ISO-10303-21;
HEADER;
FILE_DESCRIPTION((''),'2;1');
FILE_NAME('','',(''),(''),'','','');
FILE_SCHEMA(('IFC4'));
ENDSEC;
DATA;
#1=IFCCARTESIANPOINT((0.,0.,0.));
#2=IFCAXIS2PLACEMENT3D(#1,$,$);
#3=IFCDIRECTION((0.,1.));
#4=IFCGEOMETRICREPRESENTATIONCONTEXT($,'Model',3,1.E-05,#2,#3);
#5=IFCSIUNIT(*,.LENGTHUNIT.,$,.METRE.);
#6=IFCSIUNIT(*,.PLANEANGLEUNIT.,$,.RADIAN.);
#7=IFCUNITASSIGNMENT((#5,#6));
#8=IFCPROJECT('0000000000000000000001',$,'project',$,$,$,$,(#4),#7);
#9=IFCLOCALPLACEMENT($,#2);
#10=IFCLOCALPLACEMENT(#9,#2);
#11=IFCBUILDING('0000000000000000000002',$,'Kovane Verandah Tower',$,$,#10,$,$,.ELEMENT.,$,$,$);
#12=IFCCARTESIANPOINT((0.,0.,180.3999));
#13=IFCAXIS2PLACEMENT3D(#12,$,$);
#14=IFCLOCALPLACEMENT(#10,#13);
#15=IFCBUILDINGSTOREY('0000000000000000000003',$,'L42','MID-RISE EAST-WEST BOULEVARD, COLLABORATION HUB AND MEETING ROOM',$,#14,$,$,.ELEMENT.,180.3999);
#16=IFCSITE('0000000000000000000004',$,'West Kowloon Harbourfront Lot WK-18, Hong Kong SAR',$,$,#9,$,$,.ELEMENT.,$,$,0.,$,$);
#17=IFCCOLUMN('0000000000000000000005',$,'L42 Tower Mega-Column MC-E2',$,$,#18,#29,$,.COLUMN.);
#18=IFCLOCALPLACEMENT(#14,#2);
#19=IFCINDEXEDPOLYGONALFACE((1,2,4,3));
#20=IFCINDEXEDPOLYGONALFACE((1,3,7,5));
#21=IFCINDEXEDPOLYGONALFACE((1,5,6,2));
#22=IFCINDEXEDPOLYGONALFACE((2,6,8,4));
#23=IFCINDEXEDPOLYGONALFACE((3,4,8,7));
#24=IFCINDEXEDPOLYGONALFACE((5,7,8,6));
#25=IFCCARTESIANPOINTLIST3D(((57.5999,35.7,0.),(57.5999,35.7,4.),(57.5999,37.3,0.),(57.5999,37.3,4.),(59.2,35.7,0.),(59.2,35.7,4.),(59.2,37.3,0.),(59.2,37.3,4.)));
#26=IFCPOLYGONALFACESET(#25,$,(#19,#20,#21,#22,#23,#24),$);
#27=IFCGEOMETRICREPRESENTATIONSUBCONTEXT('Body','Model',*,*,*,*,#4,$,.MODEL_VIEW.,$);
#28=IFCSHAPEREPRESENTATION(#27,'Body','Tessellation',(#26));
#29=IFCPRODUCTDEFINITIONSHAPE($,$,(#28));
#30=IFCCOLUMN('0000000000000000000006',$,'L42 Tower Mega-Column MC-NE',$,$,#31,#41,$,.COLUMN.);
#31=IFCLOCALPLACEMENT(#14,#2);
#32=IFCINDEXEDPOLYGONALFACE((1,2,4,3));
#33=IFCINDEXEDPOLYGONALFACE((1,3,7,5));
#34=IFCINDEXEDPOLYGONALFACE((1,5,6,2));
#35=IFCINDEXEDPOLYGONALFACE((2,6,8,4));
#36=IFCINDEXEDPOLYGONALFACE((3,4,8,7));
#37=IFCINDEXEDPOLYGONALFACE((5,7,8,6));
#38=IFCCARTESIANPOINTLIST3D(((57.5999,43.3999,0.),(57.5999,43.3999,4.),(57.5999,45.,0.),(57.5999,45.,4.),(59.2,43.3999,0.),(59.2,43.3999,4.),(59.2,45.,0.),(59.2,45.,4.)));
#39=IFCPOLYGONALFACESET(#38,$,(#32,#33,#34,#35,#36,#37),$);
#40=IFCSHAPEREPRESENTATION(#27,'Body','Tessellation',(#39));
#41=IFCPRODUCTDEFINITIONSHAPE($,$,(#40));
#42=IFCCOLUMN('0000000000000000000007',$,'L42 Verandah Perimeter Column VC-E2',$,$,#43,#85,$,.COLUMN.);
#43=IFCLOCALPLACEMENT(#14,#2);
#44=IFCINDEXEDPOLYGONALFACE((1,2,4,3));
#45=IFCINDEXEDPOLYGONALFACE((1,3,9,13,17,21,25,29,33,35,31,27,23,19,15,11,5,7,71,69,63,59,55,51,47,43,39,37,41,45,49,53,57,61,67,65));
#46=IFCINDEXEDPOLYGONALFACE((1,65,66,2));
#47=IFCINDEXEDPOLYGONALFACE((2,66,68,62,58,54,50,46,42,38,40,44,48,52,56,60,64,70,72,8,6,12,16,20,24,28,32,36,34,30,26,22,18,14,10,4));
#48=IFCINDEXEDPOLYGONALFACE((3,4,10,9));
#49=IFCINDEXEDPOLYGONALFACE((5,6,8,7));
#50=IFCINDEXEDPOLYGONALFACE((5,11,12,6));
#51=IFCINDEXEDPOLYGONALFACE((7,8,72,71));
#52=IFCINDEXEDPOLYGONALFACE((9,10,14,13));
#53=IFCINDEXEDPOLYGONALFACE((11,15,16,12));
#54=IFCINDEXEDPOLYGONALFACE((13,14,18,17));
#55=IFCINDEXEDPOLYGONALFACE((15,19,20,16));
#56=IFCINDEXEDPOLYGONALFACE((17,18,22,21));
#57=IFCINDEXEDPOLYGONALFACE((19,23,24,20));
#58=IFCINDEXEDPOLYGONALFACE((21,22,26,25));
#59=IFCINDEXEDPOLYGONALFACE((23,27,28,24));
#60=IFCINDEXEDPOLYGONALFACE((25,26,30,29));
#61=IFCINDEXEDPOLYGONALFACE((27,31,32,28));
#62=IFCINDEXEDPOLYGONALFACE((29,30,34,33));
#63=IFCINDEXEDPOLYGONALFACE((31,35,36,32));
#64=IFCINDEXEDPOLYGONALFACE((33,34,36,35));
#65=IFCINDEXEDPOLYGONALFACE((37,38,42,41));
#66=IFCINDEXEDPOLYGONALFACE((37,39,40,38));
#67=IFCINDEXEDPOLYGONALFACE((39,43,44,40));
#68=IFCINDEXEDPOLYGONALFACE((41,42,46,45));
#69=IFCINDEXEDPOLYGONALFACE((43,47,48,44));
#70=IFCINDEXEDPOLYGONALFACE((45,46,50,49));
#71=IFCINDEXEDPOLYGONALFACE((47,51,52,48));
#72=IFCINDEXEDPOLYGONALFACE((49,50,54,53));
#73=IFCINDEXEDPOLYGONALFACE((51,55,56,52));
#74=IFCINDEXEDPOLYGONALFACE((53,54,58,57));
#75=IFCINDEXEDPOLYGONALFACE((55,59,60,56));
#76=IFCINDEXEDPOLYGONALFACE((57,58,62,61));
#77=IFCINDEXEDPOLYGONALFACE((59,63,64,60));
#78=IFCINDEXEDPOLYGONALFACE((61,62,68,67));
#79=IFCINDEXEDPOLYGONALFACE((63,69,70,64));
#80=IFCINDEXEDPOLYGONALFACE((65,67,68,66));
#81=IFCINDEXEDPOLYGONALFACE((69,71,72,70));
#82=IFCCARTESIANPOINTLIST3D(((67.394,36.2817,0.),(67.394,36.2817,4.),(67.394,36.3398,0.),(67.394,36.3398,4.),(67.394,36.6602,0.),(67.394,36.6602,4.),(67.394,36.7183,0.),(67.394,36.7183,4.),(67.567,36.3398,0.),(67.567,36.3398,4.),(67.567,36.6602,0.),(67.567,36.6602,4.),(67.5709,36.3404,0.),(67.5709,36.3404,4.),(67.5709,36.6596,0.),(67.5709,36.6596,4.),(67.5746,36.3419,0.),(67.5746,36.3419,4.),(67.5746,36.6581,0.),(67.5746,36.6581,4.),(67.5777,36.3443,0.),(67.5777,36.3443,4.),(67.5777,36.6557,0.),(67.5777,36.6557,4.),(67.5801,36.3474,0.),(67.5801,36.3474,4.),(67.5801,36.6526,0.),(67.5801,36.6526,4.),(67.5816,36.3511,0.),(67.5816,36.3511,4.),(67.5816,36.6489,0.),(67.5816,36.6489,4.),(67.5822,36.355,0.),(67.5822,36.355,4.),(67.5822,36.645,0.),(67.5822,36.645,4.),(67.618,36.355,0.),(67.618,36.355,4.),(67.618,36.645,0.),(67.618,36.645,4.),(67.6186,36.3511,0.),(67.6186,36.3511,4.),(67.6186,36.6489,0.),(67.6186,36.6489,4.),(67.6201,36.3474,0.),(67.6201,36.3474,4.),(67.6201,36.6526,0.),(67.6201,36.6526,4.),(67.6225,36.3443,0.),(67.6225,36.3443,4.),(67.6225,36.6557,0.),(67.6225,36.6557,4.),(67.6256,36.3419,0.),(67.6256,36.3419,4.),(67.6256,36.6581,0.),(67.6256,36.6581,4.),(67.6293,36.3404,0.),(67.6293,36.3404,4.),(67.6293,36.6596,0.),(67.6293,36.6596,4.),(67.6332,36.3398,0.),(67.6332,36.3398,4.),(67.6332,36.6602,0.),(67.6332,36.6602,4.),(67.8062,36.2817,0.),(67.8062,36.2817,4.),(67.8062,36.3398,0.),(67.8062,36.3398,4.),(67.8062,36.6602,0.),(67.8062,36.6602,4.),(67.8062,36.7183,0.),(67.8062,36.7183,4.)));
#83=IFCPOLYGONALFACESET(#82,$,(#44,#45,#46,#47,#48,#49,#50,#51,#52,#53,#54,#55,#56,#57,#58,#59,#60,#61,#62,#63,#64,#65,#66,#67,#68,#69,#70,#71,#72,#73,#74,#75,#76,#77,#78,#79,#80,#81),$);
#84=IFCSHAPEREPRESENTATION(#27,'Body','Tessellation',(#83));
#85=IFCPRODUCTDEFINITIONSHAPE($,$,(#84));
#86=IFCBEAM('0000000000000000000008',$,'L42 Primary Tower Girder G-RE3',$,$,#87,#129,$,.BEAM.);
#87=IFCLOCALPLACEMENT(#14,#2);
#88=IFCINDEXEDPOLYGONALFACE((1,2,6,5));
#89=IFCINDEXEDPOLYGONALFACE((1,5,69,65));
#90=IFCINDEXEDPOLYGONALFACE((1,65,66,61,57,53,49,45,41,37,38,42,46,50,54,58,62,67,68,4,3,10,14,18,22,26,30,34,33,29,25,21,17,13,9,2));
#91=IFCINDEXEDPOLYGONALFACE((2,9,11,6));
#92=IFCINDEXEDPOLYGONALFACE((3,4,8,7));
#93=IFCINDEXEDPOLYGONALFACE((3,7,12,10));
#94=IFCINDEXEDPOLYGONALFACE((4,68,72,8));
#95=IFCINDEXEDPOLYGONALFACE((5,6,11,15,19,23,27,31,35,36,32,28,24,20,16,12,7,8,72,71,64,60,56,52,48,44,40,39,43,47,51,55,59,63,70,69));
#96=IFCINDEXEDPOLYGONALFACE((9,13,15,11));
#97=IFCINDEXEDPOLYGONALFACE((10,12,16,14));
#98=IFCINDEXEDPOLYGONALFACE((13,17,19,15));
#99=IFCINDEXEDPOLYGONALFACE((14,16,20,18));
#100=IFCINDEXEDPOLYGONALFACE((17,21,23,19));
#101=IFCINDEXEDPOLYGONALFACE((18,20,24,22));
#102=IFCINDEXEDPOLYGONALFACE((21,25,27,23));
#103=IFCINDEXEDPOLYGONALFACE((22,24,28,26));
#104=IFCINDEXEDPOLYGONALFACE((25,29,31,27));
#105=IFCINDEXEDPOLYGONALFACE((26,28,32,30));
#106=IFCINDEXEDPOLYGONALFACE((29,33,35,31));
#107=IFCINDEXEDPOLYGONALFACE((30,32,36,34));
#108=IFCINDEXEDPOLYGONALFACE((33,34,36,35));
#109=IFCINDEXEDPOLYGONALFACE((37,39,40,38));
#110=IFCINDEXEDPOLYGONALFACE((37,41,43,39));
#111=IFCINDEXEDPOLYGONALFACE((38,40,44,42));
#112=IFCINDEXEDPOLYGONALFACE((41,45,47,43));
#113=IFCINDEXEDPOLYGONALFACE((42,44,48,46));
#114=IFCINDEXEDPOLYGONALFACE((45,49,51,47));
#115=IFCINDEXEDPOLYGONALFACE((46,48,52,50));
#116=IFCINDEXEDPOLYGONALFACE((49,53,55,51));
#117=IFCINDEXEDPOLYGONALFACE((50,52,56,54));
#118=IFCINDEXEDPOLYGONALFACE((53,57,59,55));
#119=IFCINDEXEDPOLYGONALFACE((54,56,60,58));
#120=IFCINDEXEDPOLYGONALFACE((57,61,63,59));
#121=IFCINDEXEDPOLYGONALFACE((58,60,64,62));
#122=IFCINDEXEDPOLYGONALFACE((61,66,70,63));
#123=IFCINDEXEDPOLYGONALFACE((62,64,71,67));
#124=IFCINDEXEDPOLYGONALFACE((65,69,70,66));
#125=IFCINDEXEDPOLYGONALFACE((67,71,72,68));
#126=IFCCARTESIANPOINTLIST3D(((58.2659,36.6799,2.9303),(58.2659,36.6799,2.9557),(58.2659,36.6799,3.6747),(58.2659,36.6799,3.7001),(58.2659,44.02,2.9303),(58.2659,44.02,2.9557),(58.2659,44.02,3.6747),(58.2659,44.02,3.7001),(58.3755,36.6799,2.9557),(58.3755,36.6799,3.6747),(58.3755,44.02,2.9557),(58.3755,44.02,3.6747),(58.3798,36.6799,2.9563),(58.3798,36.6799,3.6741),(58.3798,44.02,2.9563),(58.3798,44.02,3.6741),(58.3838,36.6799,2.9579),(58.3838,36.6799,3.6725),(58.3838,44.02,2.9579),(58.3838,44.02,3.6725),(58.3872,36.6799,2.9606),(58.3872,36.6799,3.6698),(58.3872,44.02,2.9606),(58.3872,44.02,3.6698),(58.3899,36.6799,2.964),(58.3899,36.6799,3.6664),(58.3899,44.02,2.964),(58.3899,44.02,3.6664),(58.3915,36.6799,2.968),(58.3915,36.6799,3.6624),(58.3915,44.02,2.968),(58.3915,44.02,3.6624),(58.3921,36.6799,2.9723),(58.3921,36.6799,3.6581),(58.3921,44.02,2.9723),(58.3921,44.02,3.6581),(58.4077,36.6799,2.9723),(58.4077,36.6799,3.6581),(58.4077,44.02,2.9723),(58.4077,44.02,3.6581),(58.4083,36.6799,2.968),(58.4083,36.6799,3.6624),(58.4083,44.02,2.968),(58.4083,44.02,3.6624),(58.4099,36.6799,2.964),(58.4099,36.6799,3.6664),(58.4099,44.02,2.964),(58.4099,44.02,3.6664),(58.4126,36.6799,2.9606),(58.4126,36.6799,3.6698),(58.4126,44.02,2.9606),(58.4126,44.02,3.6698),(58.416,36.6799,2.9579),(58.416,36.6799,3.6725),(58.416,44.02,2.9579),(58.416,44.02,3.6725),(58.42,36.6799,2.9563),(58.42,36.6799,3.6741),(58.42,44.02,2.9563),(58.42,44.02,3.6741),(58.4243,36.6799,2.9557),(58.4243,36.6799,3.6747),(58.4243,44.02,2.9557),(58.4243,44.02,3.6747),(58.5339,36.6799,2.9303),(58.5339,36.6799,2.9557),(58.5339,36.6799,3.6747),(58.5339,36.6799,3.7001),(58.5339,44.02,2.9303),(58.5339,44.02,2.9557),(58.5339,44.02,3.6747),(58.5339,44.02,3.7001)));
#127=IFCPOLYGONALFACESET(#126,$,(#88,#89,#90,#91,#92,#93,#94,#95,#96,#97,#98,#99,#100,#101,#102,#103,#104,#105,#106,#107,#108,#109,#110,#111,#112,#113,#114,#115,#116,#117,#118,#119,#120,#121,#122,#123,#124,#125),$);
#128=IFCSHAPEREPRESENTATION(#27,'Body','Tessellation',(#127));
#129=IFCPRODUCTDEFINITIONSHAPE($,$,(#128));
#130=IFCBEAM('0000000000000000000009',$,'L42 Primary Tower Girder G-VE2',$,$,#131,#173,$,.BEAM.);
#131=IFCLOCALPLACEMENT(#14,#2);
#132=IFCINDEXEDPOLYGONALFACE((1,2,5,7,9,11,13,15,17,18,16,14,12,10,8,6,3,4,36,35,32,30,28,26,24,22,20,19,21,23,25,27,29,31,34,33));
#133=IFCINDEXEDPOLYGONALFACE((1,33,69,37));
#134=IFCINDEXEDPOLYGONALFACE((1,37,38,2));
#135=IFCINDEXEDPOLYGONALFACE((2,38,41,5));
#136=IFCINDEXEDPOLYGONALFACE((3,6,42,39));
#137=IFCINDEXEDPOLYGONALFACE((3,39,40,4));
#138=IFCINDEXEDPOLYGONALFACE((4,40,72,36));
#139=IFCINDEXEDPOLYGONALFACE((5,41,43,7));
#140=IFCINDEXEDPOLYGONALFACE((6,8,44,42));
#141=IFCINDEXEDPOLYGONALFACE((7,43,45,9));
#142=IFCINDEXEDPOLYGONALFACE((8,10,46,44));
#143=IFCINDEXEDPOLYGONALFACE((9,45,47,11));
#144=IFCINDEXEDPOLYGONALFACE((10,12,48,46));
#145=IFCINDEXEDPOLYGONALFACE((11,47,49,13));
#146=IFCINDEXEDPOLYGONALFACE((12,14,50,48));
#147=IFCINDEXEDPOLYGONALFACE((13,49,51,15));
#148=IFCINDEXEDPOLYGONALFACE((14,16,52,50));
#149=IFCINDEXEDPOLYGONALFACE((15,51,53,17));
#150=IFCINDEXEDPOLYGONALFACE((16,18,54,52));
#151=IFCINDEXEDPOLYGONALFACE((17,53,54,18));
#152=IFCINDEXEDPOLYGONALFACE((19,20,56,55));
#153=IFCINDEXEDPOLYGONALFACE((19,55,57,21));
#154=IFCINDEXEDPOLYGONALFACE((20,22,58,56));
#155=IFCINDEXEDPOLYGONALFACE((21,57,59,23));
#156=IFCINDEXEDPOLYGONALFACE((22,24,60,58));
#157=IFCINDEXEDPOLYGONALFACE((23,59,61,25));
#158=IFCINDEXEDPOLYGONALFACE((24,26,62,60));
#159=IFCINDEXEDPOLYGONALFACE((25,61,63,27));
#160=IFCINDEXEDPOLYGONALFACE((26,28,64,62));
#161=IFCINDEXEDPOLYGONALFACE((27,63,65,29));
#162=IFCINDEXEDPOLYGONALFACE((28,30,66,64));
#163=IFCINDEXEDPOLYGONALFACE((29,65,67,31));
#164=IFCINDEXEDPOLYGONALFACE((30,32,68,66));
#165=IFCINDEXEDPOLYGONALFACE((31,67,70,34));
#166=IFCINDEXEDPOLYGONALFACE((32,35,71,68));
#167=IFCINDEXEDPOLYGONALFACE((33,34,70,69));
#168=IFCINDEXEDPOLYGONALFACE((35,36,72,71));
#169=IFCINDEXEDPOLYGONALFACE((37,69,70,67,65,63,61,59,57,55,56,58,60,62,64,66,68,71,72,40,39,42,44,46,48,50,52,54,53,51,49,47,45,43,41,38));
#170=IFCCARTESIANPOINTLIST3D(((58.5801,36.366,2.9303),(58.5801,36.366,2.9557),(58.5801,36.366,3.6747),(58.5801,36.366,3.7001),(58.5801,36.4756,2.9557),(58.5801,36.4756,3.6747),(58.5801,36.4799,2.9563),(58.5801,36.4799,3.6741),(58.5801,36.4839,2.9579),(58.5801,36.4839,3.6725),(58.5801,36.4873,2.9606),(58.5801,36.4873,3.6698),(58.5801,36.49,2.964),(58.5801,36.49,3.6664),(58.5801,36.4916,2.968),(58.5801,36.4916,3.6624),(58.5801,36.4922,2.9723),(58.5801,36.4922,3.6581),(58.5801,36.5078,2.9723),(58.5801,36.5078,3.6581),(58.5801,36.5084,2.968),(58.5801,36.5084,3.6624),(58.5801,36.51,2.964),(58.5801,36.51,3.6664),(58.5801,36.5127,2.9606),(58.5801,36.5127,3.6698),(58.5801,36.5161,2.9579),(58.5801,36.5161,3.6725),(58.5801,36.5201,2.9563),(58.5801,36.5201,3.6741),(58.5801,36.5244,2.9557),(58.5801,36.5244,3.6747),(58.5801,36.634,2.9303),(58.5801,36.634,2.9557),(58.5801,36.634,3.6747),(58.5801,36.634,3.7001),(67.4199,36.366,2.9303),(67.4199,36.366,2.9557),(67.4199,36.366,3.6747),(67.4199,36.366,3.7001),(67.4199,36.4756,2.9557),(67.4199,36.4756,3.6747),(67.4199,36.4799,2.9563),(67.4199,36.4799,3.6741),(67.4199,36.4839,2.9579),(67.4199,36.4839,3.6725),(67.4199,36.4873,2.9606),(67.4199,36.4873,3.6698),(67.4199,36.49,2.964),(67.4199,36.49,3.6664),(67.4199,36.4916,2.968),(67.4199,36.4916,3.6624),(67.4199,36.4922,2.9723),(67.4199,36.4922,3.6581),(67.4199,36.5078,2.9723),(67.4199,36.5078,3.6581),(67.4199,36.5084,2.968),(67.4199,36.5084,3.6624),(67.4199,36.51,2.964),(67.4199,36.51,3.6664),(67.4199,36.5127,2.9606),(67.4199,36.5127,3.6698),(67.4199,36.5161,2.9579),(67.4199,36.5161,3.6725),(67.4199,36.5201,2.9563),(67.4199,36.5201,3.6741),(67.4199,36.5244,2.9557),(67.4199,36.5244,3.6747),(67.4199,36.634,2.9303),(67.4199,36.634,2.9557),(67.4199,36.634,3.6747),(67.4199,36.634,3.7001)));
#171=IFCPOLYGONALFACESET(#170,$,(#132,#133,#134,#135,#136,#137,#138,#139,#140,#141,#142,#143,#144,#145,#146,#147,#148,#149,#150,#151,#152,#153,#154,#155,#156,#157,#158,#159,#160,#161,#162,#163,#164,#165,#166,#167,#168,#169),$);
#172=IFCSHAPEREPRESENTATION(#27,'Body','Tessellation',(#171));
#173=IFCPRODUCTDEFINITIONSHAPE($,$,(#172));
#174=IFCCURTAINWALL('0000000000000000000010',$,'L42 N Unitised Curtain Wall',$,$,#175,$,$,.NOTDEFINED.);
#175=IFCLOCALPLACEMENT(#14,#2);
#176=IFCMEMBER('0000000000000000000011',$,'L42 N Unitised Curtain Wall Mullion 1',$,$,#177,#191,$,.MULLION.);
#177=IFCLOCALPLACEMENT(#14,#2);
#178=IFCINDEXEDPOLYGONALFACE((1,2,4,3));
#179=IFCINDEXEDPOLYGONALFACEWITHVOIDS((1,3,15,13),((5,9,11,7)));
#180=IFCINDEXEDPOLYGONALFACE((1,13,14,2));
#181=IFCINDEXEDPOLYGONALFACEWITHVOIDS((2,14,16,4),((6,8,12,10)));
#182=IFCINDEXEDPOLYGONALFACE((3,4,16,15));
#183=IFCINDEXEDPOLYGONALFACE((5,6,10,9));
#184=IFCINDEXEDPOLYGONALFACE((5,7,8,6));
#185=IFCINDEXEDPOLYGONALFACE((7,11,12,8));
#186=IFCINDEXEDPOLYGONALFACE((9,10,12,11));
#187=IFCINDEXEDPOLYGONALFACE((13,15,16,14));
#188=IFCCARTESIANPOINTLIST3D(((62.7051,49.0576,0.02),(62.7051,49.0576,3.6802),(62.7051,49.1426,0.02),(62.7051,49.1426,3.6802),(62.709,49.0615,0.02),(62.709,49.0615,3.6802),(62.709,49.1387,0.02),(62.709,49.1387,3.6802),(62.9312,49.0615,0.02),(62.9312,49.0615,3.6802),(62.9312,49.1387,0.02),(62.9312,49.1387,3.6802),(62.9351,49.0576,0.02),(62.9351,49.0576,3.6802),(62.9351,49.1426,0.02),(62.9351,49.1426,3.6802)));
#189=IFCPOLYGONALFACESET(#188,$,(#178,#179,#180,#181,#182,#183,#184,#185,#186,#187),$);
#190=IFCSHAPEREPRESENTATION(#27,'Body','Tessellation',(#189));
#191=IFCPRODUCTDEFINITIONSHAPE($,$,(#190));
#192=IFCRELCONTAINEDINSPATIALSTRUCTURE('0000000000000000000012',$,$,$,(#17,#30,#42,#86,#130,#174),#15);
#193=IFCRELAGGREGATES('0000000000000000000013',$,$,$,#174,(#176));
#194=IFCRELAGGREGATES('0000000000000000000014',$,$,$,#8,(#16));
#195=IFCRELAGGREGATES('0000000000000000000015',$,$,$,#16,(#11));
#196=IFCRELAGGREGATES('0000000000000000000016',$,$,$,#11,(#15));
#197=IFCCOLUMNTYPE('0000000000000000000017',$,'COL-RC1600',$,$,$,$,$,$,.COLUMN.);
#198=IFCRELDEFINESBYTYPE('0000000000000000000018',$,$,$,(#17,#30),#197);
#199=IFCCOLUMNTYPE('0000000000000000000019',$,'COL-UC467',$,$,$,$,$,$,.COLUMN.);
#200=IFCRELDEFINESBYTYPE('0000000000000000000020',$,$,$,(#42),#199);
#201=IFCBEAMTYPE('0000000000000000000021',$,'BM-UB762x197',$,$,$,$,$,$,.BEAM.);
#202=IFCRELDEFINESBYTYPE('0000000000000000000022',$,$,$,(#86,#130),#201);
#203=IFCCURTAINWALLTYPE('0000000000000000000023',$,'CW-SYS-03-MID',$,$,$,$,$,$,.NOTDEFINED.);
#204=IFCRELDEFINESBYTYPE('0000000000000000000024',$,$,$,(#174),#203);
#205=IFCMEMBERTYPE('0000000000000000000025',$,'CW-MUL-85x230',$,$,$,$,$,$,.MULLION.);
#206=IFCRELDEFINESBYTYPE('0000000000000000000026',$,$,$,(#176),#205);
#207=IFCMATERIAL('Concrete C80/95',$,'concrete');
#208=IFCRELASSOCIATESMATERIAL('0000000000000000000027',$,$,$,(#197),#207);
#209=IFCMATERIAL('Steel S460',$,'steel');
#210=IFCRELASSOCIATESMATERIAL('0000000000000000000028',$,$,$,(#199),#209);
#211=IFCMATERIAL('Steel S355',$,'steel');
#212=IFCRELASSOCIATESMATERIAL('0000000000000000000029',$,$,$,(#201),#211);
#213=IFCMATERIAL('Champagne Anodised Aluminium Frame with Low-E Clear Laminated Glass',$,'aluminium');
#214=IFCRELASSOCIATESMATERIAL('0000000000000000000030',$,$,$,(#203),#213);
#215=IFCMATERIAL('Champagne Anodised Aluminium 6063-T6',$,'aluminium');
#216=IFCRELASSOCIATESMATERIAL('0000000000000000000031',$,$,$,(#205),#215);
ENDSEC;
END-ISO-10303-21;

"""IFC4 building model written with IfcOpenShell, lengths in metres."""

from ifc_helpers import new_model, si_unit, direction, frame, origin, origin_2d, place, context, subcontext, project, spatial, rectangle, hollow_rectangle, i_section, extrude, material, material_profile, profile_set, type_object, element, aggregate, save


model = new_model("IFC4")

# Units and contexts
model_context = context("Model", 3, precision=1e-05, world=origin(), true_north=direction((0.0, 1.0)))
body_context = subcontext(model_context, "Body", "Model", "MODEL_VIEW")
ifc_project = project(units=[si_unit("LENGTHUNIT", "METRE"), si_unit("PLANEANGLEUNIT", "RADIAN")], contexts=[model_context])

# Site, building, storey
site_placement = place(None, origin())
site = spatial("IfcSite", under=ifc_project, at=site_placement, Name="West Kowloon Harbourfront Lot WK-18, Hong Kong SAR", CompositionType="ELEMENT", RefElevation=0.0)
building_placement = place(site_placement, origin())
building = spatial("IfcBuilding", under=site, at=building_placement, Name="Kovane Verandah Tower", CompositionType="ELEMENT")
storey_placement = place(building_placement, frame((0.0, 0.0, 180.3999)))
storey = spatial("IfcBuildingStorey", under=building, at=storey_placement, Name="L42", Description="MID-RISE EAST-WEST BOULEVARD, COLLABORATION HUB AND MEETING ROOM", CompositionType="ELEMENT", Elevation=180.3999)

# Columns
ifc_material_1 = material(Name="Concrete C80/95", Category="concrete")
ifc_material_profile_1 = material_profile(ifc_material_1, rectangle(XDim=1.6001, YDim=1.6001, at=origin_2d()), Name="RC1600x1600")
ifc_profile_set_1 = profile_set([ifc_material_profile_1], Name="Concrete C80/95")
column_type_1 = type_object("IfcColumnType", Name="COL-RC1600", PredefinedType="COLUMN", material=ifc_profile_set_1)
for number, where, z_axis, x_axis, name in (
    (1, (58.3999, 36.5, 0.0), (0.0, 0.0, 1.0), (1.0, 0.0, 0.0), "L42 Tower Mega-Column MC-E2"),
    (2, (58.3999, 44.2, 0.0), (0.0, 0.0, 1.0), (1.0, 0.0, 0.0), "L42 Tower Mega-Column MC-NE"),
):
    element("IfcColumn", number, at=place(storey_placement, frame(where, z_axis=z_axis, x_axis=x_axis)), inside=storey, type_object=column_type_1, Name=name, PredefinedType="COLUMN", context=body_context, shape_type="SweptSolid", body=[
        extrude(rectangle(XDim=1.6001, YDim=1.6001, at=origin_2d()), origin(), (0.0, 0.0, 1.0), 4.0),
    ])
ifc_material_2 = material(Name="Steel S460", Category="steel")
ifc_material_profile_2 = material_profile(ifc_material_2, i_section(OverallWidth=0.4121, OverallDepth=0.4365, WebThickness=0.0359, FlangeThickness=0.0581, FilletRadius=0.0151, at=origin_2d()), Name="UC356x406x467")
ifc_profile_set_2 = profile_set([ifc_material_profile_2], Name="Steel S460")
column_type_2 = type_object("IfcColumnType", Name="COL-UC467", PredefinedType="COLUMN", material=ifc_profile_set_2)
column_placement = place(storey_placement, frame((67.6001, 36.5, 0.0), z_axis=(0.0, 0.0, 1.0), x_axis=(1.0, 0.0, 0.0)))
element("IfcColumn", 3, at=column_placement, inside=storey, type_object=column_type_2, Name="L42 Verandah Perimeter Column VC-E2", PredefinedType="COLUMN", context=body_context, shape_type="SweptSolid", body=[
    extrude(i_section(OverallWidth=0.4121, OverallDepth=0.4365, WebThickness=0.0359, FlangeThickness=0.0581, FilletRadius=0.0151, at=origin_2d()), origin(), (0.0, 0.0, 1.0), 4.0),
])

# Beams
ifc_material_3 = material(Name="Steel S355", Category="steel")
ifc_material_profile_3 = material_profile(ifc_material_3, i_section(OverallWidth=0.2681, OverallDepth=0.7698, WebThickness=0.0156, FlangeThickness=0.0254, FilletRadius=0.0166, at=origin_2d()), Name="UB762x267x197")
ifc_profile_set_3 = profile_set([ifc_material_profile_3], Name="Steel S355")
beam_type_1 = type_object("IfcBeamType", Name="BM-UB762x197", PredefinedType="BEAM", material=ifc_profile_set_3)
beam_1_placement = place(storey_placement, frame((58.3999, 36.6799, 3.3152), z_axis=(0.0, 1.0, 0.0), x_axis=(-1.0, 0.0, 0.0)))
element("IfcBeam", 4, at=beam_1_placement, inside=storey, type_object=beam_type_1, Name="L42 Primary Tower Girder G-RE3", PredefinedType="BEAM", context=body_context, shape_type="SweptSolid", body=[
    extrude(i_section(OverallWidth=0.2681, OverallDepth=0.7698, WebThickness=0.0156, FlangeThickness=0.0254, FilletRadius=0.0166, at=origin_2d()), origin(), (0.0, 0.0, 1.0), 7.3401),
])
beam_2_placement = place(storey_placement, frame((58.5801, 36.5, 3.3152), z_axis=(1.0, 0.0, 0.0), x_axis=(0.0, 1.0, 0.0)))
element("IfcBeam", 5, at=beam_2_placement, inside=storey, type_object=beam_type_1, Name="L42 Primary Tower Girder G-VE2", PredefinedType="BEAM", context=body_context, shape_type="SweptSolid", body=[
    extrude(i_section(OverallWidth=0.2681, OverallDepth=0.7698, WebThickness=0.0156, FlangeThickness=0.0254, FilletRadius=0.0166, at=origin_2d()), origin(), (0.0, 0.0, 1.0), 8.8398),
])

# Curtain wall, member
ifc_material_4 = material(Name="Champagne Anodised Aluminium Frame with Low-E Clear Laminated Glass", Category="aluminium")
curtain_wall_type = type_object("IfcCurtainWallType", Name="CW-SYS-03-MID", PredefinedType="NOTDEFINED", material=ifc_material_4)
curtain_wall_placement = place(storey_placement, origin())
curtain_wall = element("IfcCurtainWall", 6, at=curtain_wall_placement, inside=storey, type_object=curtain_wall_type, Name="L42 N Unitised Curtain Wall", PredefinedType="NOTDEFINED")
ifc_material_5 = material(Name="Champagne Anodised Aluminium 6063-T6", Category="aluminium")
ifc_material_profile_4 = material_profile(ifc_material_5, hollow_rectangle(XDim=0.085, YDim=0.23, WallThickness=0.0039, at=origin_2d()), Name="AL85x230x4")
ifc_profile_set_4 = profile_set([ifc_material_profile_4], Name="Champagne Anodised Aluminium 6063-T6")
member_type_1 = type_object("IfcMemberType", Name="CW-MUL-85x230", PredefinedType="MULLION", material=ifc_profile_set_4)
member_1_placement = place(storey_placement, frame((62.8201, 49.1001, 0.02), z_axis=(0.0, 0.0, 1.0), x_axis=(0.0, 1.0, 0.0)))
member_1 = element("IfcMember", 7, at=member_1_placement, type_object=member_type_1, Name="L42 N Unitised Curtain Wall Mullion 1", PredefinedType="MULLION", context=body_context, shape_type="SweptSolid", body=[
    extrude(hollow_rectangle(XDim=0.085, YDim=0.23, WallThickness=0.0039, at=origin_2d()), origin(), (0.0, 0.0, 1.0), 3.6602),
])

aggregate(curtain_wall, [member_1])

save(model, "model.ifc")
